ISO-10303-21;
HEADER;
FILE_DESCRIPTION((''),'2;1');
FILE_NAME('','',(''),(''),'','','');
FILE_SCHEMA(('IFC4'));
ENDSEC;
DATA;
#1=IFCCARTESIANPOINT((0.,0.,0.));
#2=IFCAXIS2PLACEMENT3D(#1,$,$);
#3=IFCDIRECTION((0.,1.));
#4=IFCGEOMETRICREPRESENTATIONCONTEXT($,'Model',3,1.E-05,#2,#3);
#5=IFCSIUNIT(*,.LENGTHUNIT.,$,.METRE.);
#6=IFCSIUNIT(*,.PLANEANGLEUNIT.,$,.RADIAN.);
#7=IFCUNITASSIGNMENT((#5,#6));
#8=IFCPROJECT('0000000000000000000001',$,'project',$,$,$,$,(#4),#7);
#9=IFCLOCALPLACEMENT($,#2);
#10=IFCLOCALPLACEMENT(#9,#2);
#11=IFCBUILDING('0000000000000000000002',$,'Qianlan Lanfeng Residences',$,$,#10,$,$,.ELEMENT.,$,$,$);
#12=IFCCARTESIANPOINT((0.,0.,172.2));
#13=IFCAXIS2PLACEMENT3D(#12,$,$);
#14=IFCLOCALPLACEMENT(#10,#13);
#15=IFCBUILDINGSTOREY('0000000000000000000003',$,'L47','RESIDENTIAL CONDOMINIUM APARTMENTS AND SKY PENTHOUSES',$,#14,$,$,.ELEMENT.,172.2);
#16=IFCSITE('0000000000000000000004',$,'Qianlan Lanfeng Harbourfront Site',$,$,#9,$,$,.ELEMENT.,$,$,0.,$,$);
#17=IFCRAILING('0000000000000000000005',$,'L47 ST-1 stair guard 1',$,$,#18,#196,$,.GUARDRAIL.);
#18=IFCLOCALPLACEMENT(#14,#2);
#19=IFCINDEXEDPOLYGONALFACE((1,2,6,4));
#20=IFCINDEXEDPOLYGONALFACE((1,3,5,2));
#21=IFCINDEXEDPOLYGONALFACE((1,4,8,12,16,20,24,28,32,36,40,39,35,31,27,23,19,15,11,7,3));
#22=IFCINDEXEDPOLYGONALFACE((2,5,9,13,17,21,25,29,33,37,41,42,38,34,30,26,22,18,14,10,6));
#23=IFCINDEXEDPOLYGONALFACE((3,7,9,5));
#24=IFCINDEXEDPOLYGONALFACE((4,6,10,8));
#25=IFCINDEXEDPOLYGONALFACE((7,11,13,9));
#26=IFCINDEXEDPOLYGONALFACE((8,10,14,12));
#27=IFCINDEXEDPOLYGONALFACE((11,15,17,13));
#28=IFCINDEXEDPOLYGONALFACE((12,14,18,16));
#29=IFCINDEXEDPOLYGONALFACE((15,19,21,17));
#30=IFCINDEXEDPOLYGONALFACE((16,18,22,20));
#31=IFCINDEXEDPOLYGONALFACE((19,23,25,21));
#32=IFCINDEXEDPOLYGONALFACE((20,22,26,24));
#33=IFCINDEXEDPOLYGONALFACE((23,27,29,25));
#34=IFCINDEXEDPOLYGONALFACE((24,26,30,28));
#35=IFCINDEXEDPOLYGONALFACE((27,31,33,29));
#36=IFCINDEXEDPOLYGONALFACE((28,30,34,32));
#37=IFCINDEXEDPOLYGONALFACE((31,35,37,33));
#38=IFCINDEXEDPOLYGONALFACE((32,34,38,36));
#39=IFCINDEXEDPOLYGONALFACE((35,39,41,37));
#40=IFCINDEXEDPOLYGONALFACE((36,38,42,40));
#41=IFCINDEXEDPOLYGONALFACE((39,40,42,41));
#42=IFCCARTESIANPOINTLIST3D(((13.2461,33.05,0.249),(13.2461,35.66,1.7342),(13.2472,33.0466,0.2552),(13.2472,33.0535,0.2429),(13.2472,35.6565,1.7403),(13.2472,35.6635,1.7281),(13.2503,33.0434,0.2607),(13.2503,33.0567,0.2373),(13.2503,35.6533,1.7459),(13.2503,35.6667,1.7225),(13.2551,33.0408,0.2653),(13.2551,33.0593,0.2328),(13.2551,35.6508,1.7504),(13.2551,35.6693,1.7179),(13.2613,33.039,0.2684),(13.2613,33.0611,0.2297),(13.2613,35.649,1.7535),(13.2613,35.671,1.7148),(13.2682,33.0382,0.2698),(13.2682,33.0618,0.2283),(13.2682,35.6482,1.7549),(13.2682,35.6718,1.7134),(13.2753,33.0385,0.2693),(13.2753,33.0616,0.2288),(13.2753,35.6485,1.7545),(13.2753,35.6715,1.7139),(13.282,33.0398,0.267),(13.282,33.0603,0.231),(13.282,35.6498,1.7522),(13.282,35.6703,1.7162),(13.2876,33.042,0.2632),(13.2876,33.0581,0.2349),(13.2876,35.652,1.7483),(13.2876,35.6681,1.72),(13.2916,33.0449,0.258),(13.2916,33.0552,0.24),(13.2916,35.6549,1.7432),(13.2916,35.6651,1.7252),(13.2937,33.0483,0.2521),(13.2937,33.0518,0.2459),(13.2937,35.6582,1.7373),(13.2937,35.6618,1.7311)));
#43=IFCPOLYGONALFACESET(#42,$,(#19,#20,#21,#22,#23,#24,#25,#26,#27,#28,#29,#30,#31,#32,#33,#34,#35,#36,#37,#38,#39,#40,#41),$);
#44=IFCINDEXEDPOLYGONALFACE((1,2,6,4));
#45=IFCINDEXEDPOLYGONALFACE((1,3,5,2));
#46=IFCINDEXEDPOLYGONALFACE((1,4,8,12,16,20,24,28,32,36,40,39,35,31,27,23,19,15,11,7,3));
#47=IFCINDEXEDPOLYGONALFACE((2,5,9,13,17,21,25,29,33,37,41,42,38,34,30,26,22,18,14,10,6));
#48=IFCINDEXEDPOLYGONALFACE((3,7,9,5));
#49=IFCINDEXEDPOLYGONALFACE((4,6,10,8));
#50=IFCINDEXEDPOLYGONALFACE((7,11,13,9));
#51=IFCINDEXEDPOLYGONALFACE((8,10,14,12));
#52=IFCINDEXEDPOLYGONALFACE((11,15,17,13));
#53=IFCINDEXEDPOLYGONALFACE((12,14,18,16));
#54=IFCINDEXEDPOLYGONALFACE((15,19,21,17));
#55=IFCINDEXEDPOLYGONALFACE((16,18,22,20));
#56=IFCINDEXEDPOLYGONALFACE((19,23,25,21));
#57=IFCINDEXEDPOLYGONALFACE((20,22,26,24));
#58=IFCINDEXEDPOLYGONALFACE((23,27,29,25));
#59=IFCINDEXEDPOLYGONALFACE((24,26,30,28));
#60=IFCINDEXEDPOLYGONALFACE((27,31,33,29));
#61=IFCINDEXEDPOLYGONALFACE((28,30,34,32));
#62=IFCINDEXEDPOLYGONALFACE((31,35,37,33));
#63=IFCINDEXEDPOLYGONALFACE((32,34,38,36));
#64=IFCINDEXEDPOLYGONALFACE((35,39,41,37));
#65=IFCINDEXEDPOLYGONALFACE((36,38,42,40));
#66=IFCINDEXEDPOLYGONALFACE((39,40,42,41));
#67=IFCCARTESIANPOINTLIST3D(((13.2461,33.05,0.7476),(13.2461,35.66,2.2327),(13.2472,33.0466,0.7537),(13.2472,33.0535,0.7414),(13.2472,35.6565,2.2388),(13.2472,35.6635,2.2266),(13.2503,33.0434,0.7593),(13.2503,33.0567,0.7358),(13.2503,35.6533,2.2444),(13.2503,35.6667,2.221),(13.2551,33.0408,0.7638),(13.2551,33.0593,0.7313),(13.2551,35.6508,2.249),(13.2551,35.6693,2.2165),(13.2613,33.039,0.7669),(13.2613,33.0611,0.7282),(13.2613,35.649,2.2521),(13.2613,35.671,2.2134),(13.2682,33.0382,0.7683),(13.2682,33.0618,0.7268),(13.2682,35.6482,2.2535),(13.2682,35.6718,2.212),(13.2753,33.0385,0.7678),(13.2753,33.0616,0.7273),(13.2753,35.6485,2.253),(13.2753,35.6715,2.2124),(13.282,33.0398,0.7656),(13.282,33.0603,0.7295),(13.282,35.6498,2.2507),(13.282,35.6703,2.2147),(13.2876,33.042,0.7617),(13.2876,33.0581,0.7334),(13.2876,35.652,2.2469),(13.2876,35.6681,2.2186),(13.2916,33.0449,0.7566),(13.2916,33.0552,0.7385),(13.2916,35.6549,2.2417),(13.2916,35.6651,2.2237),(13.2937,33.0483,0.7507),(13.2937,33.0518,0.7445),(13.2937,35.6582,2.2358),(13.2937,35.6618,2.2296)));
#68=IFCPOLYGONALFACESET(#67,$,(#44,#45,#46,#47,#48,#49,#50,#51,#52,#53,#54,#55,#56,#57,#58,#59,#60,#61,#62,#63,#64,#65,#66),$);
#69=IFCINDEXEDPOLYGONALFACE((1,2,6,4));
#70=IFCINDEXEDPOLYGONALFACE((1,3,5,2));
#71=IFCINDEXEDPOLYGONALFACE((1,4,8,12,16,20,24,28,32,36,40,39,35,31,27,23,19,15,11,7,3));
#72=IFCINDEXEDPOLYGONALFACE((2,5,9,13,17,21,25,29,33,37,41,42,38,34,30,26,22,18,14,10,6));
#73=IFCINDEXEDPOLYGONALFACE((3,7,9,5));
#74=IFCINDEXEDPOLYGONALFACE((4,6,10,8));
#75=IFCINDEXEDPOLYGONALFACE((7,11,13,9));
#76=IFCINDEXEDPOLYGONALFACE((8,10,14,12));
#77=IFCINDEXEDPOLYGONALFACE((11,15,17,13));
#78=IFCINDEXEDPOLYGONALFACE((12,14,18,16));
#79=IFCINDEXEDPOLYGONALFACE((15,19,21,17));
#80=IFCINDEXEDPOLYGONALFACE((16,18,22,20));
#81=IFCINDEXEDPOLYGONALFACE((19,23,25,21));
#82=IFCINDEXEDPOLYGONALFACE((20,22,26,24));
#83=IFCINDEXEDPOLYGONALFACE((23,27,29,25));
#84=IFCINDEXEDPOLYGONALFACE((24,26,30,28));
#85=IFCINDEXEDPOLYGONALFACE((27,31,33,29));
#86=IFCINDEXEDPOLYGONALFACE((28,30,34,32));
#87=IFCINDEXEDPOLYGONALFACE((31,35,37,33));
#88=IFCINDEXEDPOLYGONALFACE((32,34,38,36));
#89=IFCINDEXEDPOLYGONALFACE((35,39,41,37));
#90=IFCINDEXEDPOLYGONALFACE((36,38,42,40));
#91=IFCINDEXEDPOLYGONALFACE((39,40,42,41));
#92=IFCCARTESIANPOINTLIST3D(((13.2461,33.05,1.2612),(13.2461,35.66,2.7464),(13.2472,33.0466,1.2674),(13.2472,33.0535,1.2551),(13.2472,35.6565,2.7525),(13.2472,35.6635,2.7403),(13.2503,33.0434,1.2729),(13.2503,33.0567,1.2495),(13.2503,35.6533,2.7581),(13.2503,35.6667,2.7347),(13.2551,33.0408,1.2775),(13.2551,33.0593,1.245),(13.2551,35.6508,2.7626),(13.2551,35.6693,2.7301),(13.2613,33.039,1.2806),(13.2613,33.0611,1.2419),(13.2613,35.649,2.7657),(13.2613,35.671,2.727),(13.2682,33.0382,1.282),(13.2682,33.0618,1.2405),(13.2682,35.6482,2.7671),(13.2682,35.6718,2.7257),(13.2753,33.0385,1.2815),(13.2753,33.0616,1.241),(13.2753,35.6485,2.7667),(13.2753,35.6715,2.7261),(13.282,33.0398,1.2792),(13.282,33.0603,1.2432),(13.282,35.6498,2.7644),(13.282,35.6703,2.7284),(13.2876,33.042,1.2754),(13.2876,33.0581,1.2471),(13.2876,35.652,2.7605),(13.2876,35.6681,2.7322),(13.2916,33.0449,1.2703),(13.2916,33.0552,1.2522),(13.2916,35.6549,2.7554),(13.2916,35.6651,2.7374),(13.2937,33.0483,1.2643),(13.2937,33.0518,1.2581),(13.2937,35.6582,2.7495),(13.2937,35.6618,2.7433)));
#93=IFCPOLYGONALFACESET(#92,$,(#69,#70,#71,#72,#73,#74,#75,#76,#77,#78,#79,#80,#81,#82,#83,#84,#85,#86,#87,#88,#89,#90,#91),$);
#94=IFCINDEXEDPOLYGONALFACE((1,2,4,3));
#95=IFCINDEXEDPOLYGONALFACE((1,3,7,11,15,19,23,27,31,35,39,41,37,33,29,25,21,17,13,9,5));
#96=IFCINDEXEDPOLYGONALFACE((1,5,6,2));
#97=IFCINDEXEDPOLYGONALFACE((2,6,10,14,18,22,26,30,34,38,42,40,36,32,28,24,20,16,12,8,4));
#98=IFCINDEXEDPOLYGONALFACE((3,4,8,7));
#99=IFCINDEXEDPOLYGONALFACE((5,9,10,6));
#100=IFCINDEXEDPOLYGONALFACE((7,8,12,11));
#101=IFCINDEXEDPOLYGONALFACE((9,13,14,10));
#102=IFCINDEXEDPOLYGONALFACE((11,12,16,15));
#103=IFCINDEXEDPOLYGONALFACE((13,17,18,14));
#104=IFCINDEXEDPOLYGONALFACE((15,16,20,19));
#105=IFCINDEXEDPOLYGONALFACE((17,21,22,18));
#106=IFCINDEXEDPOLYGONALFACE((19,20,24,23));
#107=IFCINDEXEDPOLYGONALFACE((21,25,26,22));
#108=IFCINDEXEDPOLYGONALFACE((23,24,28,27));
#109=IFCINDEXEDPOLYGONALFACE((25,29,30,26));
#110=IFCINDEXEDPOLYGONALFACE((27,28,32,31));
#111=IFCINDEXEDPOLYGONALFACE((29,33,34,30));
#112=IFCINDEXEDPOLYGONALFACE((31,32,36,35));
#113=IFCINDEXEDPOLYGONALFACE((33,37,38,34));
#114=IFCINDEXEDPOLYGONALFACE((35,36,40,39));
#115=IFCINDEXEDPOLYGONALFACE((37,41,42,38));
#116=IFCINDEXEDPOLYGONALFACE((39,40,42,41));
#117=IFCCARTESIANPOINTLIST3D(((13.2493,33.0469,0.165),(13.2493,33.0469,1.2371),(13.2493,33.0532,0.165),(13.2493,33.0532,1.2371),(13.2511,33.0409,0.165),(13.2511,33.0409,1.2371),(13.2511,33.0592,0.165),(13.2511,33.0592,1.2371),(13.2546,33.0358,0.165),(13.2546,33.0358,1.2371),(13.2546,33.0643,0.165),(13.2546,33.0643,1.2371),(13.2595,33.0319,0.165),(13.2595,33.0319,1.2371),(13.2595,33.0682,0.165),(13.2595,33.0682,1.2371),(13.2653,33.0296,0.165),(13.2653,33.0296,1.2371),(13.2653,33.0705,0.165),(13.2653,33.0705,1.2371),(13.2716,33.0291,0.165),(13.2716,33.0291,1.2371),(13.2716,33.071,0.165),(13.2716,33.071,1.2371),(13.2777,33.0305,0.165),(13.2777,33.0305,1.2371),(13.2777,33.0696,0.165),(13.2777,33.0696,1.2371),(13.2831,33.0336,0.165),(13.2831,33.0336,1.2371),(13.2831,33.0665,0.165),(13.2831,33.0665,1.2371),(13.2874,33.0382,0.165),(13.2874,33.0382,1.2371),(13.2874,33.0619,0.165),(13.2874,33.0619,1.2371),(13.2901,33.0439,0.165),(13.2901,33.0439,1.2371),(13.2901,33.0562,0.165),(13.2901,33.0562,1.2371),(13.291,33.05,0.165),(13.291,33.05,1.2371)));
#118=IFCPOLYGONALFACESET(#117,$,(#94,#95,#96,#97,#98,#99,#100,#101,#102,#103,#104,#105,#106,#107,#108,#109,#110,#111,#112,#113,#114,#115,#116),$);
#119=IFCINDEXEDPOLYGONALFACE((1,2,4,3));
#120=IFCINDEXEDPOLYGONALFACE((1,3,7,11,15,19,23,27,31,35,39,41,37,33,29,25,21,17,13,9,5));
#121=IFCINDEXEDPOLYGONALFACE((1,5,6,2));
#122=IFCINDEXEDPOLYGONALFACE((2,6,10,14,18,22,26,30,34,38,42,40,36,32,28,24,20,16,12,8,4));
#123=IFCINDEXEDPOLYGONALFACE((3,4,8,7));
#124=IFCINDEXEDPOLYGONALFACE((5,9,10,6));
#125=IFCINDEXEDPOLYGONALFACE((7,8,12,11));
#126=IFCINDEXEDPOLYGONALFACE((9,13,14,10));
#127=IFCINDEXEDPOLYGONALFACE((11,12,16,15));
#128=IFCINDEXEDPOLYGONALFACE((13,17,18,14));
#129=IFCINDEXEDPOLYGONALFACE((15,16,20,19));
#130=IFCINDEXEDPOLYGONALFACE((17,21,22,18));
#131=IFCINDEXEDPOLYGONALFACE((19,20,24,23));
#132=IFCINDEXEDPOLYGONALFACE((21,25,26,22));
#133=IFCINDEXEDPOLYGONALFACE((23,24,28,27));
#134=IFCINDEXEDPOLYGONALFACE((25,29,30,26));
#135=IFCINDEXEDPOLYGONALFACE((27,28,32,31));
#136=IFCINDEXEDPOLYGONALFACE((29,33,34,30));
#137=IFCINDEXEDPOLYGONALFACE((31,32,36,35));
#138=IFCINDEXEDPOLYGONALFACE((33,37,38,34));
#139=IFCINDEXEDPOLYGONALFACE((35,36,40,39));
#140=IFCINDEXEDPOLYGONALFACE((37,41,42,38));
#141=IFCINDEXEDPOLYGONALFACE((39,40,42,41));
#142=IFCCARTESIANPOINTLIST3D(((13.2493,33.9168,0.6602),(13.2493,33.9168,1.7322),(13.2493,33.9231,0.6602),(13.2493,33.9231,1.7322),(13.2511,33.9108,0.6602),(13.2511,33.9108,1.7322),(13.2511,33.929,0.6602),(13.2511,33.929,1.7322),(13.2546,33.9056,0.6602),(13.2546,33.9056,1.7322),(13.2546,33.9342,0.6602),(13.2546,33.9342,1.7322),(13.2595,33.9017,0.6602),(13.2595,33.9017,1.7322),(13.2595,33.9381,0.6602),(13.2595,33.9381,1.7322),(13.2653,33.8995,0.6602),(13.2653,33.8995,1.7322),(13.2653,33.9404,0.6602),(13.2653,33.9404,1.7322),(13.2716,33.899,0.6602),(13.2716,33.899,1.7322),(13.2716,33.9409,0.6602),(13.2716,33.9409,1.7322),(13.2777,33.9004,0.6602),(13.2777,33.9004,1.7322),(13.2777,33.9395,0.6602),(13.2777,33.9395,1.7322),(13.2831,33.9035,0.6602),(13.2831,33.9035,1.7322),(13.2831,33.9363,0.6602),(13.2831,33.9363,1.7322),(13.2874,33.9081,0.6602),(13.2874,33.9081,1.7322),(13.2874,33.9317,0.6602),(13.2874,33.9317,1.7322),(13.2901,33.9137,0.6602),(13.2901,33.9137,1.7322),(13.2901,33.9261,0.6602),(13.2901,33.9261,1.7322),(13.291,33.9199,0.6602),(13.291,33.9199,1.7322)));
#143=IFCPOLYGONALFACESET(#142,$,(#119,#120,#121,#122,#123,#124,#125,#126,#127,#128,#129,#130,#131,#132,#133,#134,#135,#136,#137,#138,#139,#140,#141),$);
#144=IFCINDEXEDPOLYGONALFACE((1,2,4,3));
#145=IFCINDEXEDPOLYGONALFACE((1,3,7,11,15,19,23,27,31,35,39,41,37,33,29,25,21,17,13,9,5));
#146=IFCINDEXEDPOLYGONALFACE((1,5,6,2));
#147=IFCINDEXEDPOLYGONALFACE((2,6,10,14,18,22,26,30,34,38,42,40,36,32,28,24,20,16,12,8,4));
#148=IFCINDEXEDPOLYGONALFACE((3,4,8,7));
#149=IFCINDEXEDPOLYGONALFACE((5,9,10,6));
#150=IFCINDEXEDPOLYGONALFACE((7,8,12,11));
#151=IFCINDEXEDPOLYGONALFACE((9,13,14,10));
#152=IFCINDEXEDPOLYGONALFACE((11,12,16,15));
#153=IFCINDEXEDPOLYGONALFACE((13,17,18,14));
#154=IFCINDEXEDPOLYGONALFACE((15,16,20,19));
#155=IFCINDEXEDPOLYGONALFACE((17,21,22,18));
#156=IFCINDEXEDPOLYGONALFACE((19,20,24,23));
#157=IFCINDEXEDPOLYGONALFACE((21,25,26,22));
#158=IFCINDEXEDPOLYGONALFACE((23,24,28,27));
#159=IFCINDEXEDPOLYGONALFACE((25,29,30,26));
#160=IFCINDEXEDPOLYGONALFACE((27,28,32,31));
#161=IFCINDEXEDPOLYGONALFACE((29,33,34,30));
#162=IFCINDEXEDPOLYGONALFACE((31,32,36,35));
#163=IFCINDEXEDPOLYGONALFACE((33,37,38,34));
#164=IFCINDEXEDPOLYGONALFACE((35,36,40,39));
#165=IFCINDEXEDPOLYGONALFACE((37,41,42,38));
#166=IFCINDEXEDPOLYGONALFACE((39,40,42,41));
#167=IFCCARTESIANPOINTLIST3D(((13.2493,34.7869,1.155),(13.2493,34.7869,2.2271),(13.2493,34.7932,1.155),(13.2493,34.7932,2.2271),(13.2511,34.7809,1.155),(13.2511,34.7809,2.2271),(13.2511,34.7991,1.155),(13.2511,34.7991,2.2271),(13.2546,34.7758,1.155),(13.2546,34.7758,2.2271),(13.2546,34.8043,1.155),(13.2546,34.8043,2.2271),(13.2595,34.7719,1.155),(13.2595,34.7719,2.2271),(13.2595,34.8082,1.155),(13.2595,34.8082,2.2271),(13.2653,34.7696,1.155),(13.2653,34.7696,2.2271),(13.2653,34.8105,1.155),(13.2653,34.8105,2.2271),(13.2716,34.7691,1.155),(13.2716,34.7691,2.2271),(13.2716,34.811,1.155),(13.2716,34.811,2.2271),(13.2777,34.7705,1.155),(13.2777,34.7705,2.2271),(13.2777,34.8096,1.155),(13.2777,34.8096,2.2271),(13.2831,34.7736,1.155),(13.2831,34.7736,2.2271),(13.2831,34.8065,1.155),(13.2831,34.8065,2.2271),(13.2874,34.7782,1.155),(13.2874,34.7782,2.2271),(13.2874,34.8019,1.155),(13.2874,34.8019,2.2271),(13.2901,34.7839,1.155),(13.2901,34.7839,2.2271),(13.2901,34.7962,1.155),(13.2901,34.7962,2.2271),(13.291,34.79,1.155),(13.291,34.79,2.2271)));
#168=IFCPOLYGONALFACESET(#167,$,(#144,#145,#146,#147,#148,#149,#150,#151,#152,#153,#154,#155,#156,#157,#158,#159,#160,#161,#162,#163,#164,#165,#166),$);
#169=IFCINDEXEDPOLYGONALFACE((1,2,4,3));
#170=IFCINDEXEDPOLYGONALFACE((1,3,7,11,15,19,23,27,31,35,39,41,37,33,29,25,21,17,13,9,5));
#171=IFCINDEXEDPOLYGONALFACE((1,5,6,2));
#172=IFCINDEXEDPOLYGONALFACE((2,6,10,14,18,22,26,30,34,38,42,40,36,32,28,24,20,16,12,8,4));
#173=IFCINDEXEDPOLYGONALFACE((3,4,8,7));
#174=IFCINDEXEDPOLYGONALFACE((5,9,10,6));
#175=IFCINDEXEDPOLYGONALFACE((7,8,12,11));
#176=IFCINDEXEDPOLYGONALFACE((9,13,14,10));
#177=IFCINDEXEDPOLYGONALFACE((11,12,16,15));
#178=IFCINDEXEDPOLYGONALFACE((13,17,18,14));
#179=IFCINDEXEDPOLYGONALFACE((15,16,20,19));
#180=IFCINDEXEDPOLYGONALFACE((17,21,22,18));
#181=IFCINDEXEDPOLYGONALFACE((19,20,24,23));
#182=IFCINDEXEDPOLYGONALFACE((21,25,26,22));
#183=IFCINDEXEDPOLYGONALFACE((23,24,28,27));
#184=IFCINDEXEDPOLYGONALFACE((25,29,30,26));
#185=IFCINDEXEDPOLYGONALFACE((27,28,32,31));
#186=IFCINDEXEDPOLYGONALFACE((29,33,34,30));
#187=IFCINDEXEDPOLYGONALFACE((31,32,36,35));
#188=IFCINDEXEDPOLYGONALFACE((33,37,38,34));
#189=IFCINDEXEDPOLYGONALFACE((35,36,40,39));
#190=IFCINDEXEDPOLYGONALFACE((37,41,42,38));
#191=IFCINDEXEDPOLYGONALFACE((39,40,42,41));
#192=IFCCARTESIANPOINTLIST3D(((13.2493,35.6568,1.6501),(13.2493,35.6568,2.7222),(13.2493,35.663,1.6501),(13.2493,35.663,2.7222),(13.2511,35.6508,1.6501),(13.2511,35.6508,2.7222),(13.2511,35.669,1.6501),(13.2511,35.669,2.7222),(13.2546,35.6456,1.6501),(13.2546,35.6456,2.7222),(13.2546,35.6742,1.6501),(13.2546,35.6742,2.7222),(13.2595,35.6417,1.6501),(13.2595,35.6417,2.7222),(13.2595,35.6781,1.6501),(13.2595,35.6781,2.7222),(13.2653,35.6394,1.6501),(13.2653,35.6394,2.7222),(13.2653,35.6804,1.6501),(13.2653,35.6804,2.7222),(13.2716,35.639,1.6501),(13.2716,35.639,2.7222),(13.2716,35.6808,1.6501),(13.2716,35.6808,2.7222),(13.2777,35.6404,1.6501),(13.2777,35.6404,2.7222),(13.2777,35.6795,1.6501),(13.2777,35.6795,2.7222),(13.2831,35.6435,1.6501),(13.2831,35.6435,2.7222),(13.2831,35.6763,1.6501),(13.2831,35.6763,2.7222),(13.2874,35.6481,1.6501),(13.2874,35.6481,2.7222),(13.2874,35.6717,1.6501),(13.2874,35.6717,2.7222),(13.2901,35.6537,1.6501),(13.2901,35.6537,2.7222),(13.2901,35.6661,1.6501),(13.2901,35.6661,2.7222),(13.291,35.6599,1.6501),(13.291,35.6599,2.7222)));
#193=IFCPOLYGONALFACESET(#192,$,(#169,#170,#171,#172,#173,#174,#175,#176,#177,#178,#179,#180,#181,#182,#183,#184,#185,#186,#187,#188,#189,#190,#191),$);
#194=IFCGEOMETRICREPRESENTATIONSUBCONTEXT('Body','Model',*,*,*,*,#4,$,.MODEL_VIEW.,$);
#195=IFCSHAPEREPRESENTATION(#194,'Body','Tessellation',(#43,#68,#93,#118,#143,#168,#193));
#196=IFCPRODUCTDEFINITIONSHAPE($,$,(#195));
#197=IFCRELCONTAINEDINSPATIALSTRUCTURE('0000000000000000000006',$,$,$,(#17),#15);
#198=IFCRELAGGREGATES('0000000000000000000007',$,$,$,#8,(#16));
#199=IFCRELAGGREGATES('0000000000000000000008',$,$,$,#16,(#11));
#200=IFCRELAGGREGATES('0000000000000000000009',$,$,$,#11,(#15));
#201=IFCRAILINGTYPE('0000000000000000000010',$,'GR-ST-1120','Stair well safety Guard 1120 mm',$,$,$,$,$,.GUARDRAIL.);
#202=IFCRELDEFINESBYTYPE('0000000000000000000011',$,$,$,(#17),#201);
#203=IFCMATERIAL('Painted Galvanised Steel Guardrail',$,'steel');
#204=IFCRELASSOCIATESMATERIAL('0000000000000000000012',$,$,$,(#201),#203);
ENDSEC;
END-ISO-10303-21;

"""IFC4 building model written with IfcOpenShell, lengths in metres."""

from ifc_helpers import new_model, si_unit, direction, frame, origin, origin_2d, place, context, subcontext, project, spatial, circle, extrude, material, type_object, element, save


model = new_model("IFC4")

# Units and contexts
model_context = context("Model", 3, precision=1e-05, world=origin(), true_north=direction((0.0, 1.0)))
body_context = subcontext(model_context, "Body", "Model", "MODEL_VIEW")
ifc_project = project(units=[si_unit("LENGTHUNIT", "METRE"), si_unit("PLANEANGLEUNIT", "RADIAN")], contexts=[model_context])

# Site, building, storey
site_placement = place(None, origin())
site = spatial("IfcSite", under=ifc_project, at=site_placement, Name="Qianlan Lanfeng Harbourfront Site", CompositionType="ELEMENT", RefElevation=0.0)
building_placement = place(site_placement, origin())
building = spatial("IfcBuilding", under=site, at=building_placement, Name="Qianlan Lanfeng Residences", CompositionType="ELEMENT")
storey_placement = place(building_placement, frame((0.0, 0.0, 172.2)))
storey = spatial("IfcBuildingStorey", under=building, at=storey_placement, Name="L47", Description="RESIDENTIAL CONDOMINIUM APARTMENTS AND SKY PENTHOUSES", CompositionType="ELEMENT", Elevation=172.2)

# Railing
ifc_material_1 = material(Name="Painted Galvanised Steel Guardrail", Category="steel")
railing_type_1 = type_object("IfcRailingType", Name="GR-ST-1120", Description="Stair well safety Guard 1120 mm", PredefinedType="GUARDRAIL", material=ifc_material_1)
railing_1_placement = place(storey_placement, frame((13.27, 33.05, 0.165)))
element("IfcRailing", 1, at=railing_1_placement, inside=storey, type_object=railing_type_1, Name="L47 ST-1 stair guard 1", PredefinedType="GUARDRAIL", context=body_context, shape_type="SweptSolid", body=[
    extrude(circle(Radius=0.0239, at=origin_2d()), frame((0.0, 0.0, 0.084), z_axis=(0.0, 0.869137, 0.494571), x_axis=(-1.0, 0.0, 0.0)), (0.0, 0.0, 1.0), 3.0029),
    extrude(circle(Radius=0.0239, at=origin_2d()), frame((0.0, 0.0, 0.5825), z_axis=(0.0, 0.869137, 0.494571), x_axis=(-1.0, 0.0, 0.0)), (0.0, 0.0, 1.0), 3.0029),
    extrude(circle(Radius=0.0239, at=origin_2d()), frame((0.0, 0.0, 1.0962), z_axis=(0.0, 0.869137, 0.494571), x_axis=(-1.0, 0.0, 0.0)), (0.0, 0.0, 1.0), 3.0029),
    extrude(circle(Radius=0.021, at=origin_2d()), origin(), (0.0, 0.0, 1.0), 1.072),
    extrude(circle(Radius=0.021, at=origin_2d()), frame((0.0, 0.8699, 0.4951)), (0.0, 0.0, 1.0), 1.072),
    extrude(circle(Radius=0.021, at=origin_2d()), frame((0.0, 1.74, 0.99)), (0.0, 0.0, 1.0), 1.072),
    extrude(circle(Radius=0.021, at=origin_2d()), frame((0.0, 2.6099, 1.4851)), (0.0, 0.0, 1.0), 1.072),
])

save(model, "model.ifc")
